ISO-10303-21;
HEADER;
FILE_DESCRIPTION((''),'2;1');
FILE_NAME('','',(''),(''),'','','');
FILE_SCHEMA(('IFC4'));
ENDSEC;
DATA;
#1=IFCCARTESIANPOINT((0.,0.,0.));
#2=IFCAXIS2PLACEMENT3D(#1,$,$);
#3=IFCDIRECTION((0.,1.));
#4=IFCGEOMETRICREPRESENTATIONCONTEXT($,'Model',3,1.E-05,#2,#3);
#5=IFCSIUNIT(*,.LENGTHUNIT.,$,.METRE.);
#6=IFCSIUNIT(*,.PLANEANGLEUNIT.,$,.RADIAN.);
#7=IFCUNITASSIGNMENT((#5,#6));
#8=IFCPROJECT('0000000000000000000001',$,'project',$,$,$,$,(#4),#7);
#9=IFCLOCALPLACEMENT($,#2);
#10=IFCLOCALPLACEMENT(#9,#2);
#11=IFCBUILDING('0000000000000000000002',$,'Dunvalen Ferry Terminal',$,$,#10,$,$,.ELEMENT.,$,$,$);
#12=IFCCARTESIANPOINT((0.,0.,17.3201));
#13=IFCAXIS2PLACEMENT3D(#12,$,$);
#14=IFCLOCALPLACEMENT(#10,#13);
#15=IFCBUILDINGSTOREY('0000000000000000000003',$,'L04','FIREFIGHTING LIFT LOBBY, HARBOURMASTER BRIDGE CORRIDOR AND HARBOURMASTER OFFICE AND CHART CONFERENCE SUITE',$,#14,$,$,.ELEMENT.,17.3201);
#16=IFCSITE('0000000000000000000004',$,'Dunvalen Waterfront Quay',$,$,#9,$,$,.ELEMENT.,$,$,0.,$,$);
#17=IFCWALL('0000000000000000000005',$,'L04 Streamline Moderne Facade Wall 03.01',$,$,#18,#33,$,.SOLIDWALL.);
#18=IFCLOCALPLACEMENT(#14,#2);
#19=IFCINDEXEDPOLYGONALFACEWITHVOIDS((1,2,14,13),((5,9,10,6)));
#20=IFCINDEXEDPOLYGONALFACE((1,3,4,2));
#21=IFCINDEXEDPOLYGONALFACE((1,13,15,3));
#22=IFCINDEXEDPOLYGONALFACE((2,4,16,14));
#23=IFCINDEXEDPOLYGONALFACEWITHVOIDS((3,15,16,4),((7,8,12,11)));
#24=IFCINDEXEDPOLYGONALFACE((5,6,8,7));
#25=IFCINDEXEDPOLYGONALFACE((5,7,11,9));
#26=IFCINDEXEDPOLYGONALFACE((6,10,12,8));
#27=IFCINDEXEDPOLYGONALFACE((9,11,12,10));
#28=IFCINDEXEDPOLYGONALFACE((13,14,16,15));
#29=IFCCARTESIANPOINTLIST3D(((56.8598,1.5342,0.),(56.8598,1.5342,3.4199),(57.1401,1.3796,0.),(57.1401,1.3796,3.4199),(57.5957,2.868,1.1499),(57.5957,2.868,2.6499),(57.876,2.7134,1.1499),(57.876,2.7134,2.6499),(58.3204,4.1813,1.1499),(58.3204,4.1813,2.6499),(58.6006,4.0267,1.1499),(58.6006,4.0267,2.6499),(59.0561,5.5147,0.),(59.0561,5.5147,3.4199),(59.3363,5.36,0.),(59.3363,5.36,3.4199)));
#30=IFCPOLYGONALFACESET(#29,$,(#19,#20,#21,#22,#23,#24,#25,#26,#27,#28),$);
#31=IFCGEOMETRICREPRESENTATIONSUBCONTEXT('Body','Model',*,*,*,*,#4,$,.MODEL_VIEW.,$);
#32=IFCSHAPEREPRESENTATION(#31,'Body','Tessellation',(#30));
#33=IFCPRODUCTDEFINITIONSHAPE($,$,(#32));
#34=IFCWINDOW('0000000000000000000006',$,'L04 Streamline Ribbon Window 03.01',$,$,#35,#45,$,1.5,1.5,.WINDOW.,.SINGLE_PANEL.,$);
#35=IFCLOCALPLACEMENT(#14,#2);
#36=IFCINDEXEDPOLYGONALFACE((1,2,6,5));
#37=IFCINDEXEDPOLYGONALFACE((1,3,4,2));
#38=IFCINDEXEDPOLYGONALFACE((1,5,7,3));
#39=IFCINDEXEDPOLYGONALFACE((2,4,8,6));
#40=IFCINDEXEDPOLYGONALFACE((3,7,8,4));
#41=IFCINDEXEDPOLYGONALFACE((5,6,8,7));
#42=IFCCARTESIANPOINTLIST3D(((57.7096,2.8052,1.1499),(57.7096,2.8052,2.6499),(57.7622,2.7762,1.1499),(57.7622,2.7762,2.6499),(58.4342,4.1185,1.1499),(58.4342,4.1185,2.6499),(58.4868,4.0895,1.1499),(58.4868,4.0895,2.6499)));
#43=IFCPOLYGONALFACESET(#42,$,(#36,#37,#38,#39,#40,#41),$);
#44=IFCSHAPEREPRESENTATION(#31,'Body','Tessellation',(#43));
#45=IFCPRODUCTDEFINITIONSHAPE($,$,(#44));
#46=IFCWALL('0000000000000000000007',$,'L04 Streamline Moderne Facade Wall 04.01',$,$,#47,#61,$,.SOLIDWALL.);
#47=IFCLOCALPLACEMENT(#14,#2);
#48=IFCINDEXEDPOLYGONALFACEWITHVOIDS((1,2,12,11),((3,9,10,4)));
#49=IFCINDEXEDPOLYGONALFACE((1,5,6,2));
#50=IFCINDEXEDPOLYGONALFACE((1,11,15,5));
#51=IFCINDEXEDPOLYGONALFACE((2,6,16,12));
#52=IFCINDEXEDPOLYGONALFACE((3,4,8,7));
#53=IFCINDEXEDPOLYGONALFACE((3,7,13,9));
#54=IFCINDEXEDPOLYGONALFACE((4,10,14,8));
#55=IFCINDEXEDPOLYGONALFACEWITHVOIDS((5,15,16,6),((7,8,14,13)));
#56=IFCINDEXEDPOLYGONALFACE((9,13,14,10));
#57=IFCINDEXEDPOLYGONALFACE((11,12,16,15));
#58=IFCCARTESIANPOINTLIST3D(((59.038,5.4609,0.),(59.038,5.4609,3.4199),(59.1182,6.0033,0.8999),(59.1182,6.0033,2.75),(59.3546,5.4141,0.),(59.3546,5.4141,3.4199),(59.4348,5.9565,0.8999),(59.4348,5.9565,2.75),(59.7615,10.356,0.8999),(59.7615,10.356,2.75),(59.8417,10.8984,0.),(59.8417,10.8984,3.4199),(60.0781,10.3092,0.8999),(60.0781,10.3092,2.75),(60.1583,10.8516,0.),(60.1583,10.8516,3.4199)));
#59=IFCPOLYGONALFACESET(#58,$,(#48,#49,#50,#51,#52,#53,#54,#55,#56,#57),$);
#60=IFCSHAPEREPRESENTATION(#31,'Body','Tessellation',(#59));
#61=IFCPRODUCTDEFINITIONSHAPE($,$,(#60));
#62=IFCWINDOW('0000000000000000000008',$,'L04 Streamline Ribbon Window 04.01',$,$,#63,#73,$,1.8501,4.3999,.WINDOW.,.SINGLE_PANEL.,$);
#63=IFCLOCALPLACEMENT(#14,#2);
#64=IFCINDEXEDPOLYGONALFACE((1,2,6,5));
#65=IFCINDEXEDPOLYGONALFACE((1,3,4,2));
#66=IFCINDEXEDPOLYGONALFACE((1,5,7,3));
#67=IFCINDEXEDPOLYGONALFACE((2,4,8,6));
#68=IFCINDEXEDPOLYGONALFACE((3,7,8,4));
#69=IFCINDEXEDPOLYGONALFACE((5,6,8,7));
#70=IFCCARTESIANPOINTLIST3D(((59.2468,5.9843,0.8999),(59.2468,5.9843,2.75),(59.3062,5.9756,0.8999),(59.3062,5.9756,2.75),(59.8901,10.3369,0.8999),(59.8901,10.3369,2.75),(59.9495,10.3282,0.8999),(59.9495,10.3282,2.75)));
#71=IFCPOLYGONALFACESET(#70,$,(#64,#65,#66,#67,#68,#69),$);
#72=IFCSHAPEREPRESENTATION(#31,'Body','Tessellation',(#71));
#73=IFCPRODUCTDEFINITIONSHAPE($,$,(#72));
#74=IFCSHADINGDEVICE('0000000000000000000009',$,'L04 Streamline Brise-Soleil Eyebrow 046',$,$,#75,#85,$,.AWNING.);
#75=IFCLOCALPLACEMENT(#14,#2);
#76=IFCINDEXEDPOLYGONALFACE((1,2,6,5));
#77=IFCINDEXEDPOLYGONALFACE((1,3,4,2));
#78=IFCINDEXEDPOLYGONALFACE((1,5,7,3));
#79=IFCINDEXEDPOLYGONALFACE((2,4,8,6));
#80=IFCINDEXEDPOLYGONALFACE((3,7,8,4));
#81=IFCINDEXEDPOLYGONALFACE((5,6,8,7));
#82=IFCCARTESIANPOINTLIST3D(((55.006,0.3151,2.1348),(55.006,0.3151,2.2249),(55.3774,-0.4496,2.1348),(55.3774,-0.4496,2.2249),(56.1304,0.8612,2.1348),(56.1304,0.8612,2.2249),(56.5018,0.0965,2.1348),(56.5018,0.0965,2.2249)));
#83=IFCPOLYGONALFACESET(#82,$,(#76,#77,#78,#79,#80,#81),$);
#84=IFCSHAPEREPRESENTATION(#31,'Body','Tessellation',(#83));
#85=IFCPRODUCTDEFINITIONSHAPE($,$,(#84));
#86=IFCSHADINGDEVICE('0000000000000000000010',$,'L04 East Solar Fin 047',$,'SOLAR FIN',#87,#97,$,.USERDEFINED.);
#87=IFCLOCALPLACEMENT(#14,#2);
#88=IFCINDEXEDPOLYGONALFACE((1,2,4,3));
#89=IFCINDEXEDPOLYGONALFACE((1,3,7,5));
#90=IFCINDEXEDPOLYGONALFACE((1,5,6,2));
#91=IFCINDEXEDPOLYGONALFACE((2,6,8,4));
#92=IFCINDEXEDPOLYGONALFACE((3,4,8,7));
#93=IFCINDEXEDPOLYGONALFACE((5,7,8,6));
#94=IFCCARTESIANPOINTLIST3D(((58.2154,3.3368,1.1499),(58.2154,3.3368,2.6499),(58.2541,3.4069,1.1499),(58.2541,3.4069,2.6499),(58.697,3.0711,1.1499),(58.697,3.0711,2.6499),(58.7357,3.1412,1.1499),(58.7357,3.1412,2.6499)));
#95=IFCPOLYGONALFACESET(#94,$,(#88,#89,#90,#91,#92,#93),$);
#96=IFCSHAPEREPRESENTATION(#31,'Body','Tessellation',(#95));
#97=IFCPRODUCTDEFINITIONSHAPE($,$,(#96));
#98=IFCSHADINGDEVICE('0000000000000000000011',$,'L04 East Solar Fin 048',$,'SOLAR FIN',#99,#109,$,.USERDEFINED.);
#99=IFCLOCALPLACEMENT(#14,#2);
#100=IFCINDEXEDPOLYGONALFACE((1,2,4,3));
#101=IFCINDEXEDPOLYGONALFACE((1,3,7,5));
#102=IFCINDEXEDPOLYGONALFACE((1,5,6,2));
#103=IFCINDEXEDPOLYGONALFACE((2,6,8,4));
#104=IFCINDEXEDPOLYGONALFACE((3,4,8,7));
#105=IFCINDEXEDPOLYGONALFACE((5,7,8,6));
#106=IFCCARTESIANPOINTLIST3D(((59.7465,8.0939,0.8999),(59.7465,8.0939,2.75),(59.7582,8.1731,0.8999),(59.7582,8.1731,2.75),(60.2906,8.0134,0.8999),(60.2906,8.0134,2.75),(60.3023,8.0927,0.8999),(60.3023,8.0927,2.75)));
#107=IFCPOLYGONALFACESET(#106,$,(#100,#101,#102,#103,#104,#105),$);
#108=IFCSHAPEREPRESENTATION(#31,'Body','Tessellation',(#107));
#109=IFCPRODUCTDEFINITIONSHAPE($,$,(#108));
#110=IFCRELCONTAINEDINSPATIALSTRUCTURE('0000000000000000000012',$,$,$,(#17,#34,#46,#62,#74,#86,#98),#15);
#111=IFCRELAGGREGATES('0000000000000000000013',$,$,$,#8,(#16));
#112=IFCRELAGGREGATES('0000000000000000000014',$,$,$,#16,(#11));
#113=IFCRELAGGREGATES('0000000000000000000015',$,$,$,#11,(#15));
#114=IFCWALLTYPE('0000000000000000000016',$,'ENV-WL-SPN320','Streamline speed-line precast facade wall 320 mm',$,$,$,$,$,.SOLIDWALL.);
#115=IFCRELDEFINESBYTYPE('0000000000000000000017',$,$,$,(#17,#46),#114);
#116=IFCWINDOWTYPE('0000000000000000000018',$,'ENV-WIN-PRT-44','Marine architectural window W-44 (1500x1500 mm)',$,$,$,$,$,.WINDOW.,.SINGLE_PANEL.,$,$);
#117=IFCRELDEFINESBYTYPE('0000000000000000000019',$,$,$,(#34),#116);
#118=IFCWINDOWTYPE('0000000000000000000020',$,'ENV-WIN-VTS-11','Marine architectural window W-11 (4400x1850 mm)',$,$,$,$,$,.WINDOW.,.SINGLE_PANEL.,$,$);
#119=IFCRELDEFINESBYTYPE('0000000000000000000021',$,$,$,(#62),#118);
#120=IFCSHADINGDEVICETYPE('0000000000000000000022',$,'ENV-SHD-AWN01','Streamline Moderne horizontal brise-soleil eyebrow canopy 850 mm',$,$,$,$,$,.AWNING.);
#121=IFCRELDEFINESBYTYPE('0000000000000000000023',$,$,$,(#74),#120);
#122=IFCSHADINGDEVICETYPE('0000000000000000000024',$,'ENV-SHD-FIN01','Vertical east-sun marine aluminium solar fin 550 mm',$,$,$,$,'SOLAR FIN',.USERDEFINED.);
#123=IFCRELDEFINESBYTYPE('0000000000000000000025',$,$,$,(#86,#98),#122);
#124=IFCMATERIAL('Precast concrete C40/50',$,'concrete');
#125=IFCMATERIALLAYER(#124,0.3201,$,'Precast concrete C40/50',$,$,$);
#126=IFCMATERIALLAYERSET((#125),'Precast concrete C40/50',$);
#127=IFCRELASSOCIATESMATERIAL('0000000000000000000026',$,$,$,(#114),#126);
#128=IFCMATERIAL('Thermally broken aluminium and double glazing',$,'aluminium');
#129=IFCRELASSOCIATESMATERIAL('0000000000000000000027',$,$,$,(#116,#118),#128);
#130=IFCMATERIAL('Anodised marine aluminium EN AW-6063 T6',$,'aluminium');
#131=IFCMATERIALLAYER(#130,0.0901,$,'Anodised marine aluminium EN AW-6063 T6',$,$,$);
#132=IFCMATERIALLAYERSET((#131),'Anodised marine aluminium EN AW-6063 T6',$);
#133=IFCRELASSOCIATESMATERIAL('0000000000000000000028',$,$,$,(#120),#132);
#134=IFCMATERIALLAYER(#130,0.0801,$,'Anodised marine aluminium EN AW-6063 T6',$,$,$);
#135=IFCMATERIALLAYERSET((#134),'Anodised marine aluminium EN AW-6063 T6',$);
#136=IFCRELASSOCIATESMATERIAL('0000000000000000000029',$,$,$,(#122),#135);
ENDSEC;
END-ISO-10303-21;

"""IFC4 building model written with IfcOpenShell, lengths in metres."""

from ifc_helpers import new_model, si_unit, direction, frame, frame_2d, origin, origin_2d, place, context, subcontext, project, spatial, rectangle, extrude, material, layer, layer_set, type_object, element, fill, save


model = new_model("IFC4")

# Units and contexts
model_context = context("Model", 3, precision=1e-05, world=origin(), true_north=direction((0.0, 1.0)))
body_context = subcontext(model_context, "Body", "Model", "MODEL_VIEW")
ifc_project = project(units=[si_unit("LENGTHUNIT", "METRE"), si_unit("PLANEANGLEUNIT", "RADIAN")], contexts=[model_context])

# Site, building, storey
site_placement = place(None, origin())
site = spatial("IfcSite", under=ifc_project, at=site_placement, Name="Dunvalen Waterfront Quay", CompositionType="ELEMENT", RefElevation=0.0)
building_placement = place(site_placement, origin())
building = spatial("IfcBuilding", under=site, at=building_placement, Name="Dunvalen Ferry Terminal", CompositionType="ELEMENT")
storey_placement = place(building_placement, frame((0.0, 0.0, 17.3201)))
storey = spatial("IfcBuildingStorey", under=building, at=storey_placement, Name="L04", Description="FIREFIGHTING LIFT LOBBY, HARBOURMASTER BRIDGE CORRIDOR AND HARBOURMASTER OFFICE AND CHART CONFERENCE SUITE", CompositionType="ELEMENT", Elevation=17.3201)

# Walls, openings, windows
ifc_material_1 = material(Name="Precast concrete C40/50", Category="concrete")
ifc_layer_1 = layer(ifc_material_1, 0.3201, Name="Precast concrete C40/50")
ifc_layer_set_1 = layer_set([ifc_layer_1], Name="Precast concrete C40/50")
wall_type = type_object("IfcWallType", Name="ENV-WL-SPN320", Description="Streamline speed-line precast facade wall 320 mm", PredefinedType="SOLIDWALL", material=ifc_layer_set_1)
ifc_material_2 = material(Name="Thermally broken aluminium and double glazing", Category="aluminium")
wall_1_placement = place(storey_placement, frame((57.0, 1.457, 0.0), z_axis=(0.0, 0.0, 1.0), x_axis=(0.483106, 0.875562, 0.0)))
wall_1 = element("IfcWall", 1, at=wall_1_placement, inside=storey, type_object=wall_type, Name="L04 Streamline Moderne Facade Wall 03.01", PredefinedType="SOLIDWALL", context=body_context, shape_type="SweptSolid", body=[
    extrude(rectangle(XDim=4.5461, YDim=0.3201, at=frame_2d((2.2729, 0.0))), origin(), (0.0, 0.0, 1.0), 3.4199),
])
opening_1_placement = place(wall_1_placement, frame((1.5232, 0.0, 1.1499)))
opening_1 = element("IfcOpeningElement", 2, at=opening_1_placement, cuts=wall_1, PredefinedType="OPENING", context=body_context, shape_type="SweptSolid", body=[
    extrude(rectangle(XDim=1.5, YDim=1.5, at=frame_2d((0.75, 0.75))), frame((0.0, 0.1699, 0.0), z_axis=(0.0, -1.0, 0.0), x_axis=(1.0, 0.0, 0.0)), (0.0, 0.0, 1.0), 0.3401),
])
window_type_1 = type_object("IfcWindowType", Name="ENV-WIN-PRT-44", Description="Marine architectural window W-44 (1500x1500 mm)", PartitioningType="SINGLE_PANEL", PredefinedType="WINDOW", material=ifc_material_2)
window_1_placement = place(opening_1_placement, origin())
window_1 = element("IfcWindow", 3, at=window_1_placement, inside=storey, type_object=window_type_1, Name="L04 Streamline Ribbon Window 03.01", OverallHeight=1.5, OverallWidth=1.5, PartitioningType="SINGLE_PANEL", PredefinedType="WINDOW", context=body_context, shape_type="SweptSolid", body=[
    extrude(rectangle(XDim=1.5, YDim=1.5, at=frame_2d((0.75, 0.75))), frame((0.0, 0.03, 0.0), z_axis=(0.0, -1.0, 0.0), x_axis=(1.0, 0.0, 0.0)), (0.0, 0.0, 1.0), 0.0601),
])
fill(opening_1, window_1)
wall_2_placement = place(storey_placement, frame((59.1963, 5.4375, 0.0), z_axis=(0.0, 0.0, 1.0), x_axis=(0.14622, 0.989252, 0.0)))
wall_2 = element("IfcWall", 4, at=wall_2_placement, inside=storey, type_object=wall_type, Name="L04 Streamline Moderne Facade Wall 04.01", PredefinedType="SOLIDWALL", context=body_context, shape_type="SweptSolid", body=[
    extrude(rectangle(XDim=5.4966, YDim=0.3201, at=frame_2d((2.7483, 0.0))), origin(), (0.0, 0.0, 1.0), 3.4199),
])
opening_2_placement = place(wall_2_placement, frame((0.5483, 0.0, 0.8999)))
opening_2 = element("IfcOpeningElement", 5, at=opening_2_placement, cuts=wall_2, PredefinedType="OPENING", context=body_context, shape_type="SweptSolid", body=[
    extrude(rectangle(XDim=4.3999, YDim=1.8501, at=frame_2d((2.2, 0.925))), frame((0.0, 0.1699, 0.0), z_axis=(0.0, -1.0, 0.0), x_axis=(1.0, 0.0, 0.0)), (0.0, 0.0, 1.0), 0.3401),
])
window_type_2 = type_object("IfcWindowType", Name="ENV-WIN-VTS-11", Description="Marine architectural window W-11 (4400x1850 mm)", PartitioningType="SINGLE_PANEL", PredefinedType="WINDOW", material=ifc_material_2)
window_2_placement = place(opening_2_placement, origin())
window_2 = element("IfcWindow", 6, at=window_2_placement, inside=storey, type_object=window_type_2, Name="L04 Streamline Ribbon Window 04.01", OverallHeight=1.8501, OverallWidth=4.3999, PartitioningType="SINGLE_PANEL", PredefinedType="WINDOW", context=body_context, shape_type="SweptSolid", body=[
    extrude(rectangle(XDim=4.3999, YDim=1.8501, at=frame_2d((2.2, 0.925))), frame((0.0, 0.03, 0.0), z_axis=(0.0, -1.0, 0.0), x_axis=(1.0, 0.0, 0.0)), (0.0, 0.0, 1.0), 0.0601),
])
fill(opening_2, window_2)

# Shading devices
ifc_material_3 = material(Name="Anodised marine aluminium EN AW-6063 T6", Category="aluminium")
ifc_layer_2 = layer(ifc_material_3, 0.0901, Name="Anodised marine aluminium EN AW-6063 T6")
ifc_layer_set_2 = layer_set([ifc_layer_2], Name="Anodised marine aluminium EN AW-6063 T6")
shading_device_type_1 = type_object("IfcShadingDeviceType", Name="ENV-SHD-AWN01", Description="Streamline Moderne horizontal brise-soleil eyebrow canopy 850 mm", PredefinedType="AWNING", material=ifc_layer_set_2)
shading_device_1_placement = place(storey_placement, frame((55.7539, 0.2058, 2.1348), z_axis=(0.0, 0.0, 1.0), x_axis=(0.899525, 0.436869, 0.0)))
element("IfcShadingDevice", 7, at=shading_device_1_placement, inside=storey, type_object=shading_device_type_1, Name="L04 Streamline Brise-Soleil Eyebrow 046", PredefinedType="AWNING", context=body_context, shape_type="SweptSolid", body=[
    extrude(rectangle(XDim=1.25, YDim=0.8501, at=origin_2d()), origin(), (0.0, 0.0, 1.0), 0.0901),
])
ifc_layer_3 = layer(ifc_material_3, 0.0801, Name="Anodised marine aluminium EN AW-6063 T6")
ifc_layer_set_3 = layer_set([ifc_layer_3], Name="Anodised marine aluminium EN AW-6063 T6")
shading_device_type_2 = type_object("IfcShadingDeviceType", Name="ENV-SHD-FIN01", Description="Vertical east-sun marine aluminium solar fin 550 mm", ElementType="SOLAR FIN", PredefinedType="USERDEFINED", material=ifc_layer_set_3)
shading_device_2_placement = place(storey_placement, frame((58.4756, 3.239, 1.1499), z_axis=(0.0, 0.0, 1.0), x_axis=(0.483088, 0.875572, 0.0)))
element("IfcShadingDevice", 8, at=shading_device_2_placement, inside=storey, type_object=shading_device_type_2, Name="L04 East Solar Fin 047", ObjectType="SOLAR FIN", PredefinedType="USERDEFINED", context=body_context, shape_type="SweptSolid", body=[
    extrude(rectangle(XDim=0.0801, YDim=0.55, at=origin_2d()), origin(), (0.0, 0.0, 1.0), 1.5),
])
shading_device_3_placement = place(storey_placement, frame((60.0244, 8.0933, 0.8999), z_axis=(0.0, 0.0, 1.0), x_axis=(0.146236, 0.98925, 0.0)))
element("IfcShadingDevice", 9, at=shading_device_3_placement, inside=storey, type_object=shading_device_type_2, Name="L04 East Solar Fin 048", ObjectType="SOLAR FIN", PredefinedType="USERDEFINED", context=body_context, shape_type="SweptSolid", body=[
    extrude(rectangle(XDim=0.0801, YDim=0.55, at=origin_2d()), origin(), (0.0, 0.0, 1.0), 1.8501),
])

save(model, "model.ifc")
